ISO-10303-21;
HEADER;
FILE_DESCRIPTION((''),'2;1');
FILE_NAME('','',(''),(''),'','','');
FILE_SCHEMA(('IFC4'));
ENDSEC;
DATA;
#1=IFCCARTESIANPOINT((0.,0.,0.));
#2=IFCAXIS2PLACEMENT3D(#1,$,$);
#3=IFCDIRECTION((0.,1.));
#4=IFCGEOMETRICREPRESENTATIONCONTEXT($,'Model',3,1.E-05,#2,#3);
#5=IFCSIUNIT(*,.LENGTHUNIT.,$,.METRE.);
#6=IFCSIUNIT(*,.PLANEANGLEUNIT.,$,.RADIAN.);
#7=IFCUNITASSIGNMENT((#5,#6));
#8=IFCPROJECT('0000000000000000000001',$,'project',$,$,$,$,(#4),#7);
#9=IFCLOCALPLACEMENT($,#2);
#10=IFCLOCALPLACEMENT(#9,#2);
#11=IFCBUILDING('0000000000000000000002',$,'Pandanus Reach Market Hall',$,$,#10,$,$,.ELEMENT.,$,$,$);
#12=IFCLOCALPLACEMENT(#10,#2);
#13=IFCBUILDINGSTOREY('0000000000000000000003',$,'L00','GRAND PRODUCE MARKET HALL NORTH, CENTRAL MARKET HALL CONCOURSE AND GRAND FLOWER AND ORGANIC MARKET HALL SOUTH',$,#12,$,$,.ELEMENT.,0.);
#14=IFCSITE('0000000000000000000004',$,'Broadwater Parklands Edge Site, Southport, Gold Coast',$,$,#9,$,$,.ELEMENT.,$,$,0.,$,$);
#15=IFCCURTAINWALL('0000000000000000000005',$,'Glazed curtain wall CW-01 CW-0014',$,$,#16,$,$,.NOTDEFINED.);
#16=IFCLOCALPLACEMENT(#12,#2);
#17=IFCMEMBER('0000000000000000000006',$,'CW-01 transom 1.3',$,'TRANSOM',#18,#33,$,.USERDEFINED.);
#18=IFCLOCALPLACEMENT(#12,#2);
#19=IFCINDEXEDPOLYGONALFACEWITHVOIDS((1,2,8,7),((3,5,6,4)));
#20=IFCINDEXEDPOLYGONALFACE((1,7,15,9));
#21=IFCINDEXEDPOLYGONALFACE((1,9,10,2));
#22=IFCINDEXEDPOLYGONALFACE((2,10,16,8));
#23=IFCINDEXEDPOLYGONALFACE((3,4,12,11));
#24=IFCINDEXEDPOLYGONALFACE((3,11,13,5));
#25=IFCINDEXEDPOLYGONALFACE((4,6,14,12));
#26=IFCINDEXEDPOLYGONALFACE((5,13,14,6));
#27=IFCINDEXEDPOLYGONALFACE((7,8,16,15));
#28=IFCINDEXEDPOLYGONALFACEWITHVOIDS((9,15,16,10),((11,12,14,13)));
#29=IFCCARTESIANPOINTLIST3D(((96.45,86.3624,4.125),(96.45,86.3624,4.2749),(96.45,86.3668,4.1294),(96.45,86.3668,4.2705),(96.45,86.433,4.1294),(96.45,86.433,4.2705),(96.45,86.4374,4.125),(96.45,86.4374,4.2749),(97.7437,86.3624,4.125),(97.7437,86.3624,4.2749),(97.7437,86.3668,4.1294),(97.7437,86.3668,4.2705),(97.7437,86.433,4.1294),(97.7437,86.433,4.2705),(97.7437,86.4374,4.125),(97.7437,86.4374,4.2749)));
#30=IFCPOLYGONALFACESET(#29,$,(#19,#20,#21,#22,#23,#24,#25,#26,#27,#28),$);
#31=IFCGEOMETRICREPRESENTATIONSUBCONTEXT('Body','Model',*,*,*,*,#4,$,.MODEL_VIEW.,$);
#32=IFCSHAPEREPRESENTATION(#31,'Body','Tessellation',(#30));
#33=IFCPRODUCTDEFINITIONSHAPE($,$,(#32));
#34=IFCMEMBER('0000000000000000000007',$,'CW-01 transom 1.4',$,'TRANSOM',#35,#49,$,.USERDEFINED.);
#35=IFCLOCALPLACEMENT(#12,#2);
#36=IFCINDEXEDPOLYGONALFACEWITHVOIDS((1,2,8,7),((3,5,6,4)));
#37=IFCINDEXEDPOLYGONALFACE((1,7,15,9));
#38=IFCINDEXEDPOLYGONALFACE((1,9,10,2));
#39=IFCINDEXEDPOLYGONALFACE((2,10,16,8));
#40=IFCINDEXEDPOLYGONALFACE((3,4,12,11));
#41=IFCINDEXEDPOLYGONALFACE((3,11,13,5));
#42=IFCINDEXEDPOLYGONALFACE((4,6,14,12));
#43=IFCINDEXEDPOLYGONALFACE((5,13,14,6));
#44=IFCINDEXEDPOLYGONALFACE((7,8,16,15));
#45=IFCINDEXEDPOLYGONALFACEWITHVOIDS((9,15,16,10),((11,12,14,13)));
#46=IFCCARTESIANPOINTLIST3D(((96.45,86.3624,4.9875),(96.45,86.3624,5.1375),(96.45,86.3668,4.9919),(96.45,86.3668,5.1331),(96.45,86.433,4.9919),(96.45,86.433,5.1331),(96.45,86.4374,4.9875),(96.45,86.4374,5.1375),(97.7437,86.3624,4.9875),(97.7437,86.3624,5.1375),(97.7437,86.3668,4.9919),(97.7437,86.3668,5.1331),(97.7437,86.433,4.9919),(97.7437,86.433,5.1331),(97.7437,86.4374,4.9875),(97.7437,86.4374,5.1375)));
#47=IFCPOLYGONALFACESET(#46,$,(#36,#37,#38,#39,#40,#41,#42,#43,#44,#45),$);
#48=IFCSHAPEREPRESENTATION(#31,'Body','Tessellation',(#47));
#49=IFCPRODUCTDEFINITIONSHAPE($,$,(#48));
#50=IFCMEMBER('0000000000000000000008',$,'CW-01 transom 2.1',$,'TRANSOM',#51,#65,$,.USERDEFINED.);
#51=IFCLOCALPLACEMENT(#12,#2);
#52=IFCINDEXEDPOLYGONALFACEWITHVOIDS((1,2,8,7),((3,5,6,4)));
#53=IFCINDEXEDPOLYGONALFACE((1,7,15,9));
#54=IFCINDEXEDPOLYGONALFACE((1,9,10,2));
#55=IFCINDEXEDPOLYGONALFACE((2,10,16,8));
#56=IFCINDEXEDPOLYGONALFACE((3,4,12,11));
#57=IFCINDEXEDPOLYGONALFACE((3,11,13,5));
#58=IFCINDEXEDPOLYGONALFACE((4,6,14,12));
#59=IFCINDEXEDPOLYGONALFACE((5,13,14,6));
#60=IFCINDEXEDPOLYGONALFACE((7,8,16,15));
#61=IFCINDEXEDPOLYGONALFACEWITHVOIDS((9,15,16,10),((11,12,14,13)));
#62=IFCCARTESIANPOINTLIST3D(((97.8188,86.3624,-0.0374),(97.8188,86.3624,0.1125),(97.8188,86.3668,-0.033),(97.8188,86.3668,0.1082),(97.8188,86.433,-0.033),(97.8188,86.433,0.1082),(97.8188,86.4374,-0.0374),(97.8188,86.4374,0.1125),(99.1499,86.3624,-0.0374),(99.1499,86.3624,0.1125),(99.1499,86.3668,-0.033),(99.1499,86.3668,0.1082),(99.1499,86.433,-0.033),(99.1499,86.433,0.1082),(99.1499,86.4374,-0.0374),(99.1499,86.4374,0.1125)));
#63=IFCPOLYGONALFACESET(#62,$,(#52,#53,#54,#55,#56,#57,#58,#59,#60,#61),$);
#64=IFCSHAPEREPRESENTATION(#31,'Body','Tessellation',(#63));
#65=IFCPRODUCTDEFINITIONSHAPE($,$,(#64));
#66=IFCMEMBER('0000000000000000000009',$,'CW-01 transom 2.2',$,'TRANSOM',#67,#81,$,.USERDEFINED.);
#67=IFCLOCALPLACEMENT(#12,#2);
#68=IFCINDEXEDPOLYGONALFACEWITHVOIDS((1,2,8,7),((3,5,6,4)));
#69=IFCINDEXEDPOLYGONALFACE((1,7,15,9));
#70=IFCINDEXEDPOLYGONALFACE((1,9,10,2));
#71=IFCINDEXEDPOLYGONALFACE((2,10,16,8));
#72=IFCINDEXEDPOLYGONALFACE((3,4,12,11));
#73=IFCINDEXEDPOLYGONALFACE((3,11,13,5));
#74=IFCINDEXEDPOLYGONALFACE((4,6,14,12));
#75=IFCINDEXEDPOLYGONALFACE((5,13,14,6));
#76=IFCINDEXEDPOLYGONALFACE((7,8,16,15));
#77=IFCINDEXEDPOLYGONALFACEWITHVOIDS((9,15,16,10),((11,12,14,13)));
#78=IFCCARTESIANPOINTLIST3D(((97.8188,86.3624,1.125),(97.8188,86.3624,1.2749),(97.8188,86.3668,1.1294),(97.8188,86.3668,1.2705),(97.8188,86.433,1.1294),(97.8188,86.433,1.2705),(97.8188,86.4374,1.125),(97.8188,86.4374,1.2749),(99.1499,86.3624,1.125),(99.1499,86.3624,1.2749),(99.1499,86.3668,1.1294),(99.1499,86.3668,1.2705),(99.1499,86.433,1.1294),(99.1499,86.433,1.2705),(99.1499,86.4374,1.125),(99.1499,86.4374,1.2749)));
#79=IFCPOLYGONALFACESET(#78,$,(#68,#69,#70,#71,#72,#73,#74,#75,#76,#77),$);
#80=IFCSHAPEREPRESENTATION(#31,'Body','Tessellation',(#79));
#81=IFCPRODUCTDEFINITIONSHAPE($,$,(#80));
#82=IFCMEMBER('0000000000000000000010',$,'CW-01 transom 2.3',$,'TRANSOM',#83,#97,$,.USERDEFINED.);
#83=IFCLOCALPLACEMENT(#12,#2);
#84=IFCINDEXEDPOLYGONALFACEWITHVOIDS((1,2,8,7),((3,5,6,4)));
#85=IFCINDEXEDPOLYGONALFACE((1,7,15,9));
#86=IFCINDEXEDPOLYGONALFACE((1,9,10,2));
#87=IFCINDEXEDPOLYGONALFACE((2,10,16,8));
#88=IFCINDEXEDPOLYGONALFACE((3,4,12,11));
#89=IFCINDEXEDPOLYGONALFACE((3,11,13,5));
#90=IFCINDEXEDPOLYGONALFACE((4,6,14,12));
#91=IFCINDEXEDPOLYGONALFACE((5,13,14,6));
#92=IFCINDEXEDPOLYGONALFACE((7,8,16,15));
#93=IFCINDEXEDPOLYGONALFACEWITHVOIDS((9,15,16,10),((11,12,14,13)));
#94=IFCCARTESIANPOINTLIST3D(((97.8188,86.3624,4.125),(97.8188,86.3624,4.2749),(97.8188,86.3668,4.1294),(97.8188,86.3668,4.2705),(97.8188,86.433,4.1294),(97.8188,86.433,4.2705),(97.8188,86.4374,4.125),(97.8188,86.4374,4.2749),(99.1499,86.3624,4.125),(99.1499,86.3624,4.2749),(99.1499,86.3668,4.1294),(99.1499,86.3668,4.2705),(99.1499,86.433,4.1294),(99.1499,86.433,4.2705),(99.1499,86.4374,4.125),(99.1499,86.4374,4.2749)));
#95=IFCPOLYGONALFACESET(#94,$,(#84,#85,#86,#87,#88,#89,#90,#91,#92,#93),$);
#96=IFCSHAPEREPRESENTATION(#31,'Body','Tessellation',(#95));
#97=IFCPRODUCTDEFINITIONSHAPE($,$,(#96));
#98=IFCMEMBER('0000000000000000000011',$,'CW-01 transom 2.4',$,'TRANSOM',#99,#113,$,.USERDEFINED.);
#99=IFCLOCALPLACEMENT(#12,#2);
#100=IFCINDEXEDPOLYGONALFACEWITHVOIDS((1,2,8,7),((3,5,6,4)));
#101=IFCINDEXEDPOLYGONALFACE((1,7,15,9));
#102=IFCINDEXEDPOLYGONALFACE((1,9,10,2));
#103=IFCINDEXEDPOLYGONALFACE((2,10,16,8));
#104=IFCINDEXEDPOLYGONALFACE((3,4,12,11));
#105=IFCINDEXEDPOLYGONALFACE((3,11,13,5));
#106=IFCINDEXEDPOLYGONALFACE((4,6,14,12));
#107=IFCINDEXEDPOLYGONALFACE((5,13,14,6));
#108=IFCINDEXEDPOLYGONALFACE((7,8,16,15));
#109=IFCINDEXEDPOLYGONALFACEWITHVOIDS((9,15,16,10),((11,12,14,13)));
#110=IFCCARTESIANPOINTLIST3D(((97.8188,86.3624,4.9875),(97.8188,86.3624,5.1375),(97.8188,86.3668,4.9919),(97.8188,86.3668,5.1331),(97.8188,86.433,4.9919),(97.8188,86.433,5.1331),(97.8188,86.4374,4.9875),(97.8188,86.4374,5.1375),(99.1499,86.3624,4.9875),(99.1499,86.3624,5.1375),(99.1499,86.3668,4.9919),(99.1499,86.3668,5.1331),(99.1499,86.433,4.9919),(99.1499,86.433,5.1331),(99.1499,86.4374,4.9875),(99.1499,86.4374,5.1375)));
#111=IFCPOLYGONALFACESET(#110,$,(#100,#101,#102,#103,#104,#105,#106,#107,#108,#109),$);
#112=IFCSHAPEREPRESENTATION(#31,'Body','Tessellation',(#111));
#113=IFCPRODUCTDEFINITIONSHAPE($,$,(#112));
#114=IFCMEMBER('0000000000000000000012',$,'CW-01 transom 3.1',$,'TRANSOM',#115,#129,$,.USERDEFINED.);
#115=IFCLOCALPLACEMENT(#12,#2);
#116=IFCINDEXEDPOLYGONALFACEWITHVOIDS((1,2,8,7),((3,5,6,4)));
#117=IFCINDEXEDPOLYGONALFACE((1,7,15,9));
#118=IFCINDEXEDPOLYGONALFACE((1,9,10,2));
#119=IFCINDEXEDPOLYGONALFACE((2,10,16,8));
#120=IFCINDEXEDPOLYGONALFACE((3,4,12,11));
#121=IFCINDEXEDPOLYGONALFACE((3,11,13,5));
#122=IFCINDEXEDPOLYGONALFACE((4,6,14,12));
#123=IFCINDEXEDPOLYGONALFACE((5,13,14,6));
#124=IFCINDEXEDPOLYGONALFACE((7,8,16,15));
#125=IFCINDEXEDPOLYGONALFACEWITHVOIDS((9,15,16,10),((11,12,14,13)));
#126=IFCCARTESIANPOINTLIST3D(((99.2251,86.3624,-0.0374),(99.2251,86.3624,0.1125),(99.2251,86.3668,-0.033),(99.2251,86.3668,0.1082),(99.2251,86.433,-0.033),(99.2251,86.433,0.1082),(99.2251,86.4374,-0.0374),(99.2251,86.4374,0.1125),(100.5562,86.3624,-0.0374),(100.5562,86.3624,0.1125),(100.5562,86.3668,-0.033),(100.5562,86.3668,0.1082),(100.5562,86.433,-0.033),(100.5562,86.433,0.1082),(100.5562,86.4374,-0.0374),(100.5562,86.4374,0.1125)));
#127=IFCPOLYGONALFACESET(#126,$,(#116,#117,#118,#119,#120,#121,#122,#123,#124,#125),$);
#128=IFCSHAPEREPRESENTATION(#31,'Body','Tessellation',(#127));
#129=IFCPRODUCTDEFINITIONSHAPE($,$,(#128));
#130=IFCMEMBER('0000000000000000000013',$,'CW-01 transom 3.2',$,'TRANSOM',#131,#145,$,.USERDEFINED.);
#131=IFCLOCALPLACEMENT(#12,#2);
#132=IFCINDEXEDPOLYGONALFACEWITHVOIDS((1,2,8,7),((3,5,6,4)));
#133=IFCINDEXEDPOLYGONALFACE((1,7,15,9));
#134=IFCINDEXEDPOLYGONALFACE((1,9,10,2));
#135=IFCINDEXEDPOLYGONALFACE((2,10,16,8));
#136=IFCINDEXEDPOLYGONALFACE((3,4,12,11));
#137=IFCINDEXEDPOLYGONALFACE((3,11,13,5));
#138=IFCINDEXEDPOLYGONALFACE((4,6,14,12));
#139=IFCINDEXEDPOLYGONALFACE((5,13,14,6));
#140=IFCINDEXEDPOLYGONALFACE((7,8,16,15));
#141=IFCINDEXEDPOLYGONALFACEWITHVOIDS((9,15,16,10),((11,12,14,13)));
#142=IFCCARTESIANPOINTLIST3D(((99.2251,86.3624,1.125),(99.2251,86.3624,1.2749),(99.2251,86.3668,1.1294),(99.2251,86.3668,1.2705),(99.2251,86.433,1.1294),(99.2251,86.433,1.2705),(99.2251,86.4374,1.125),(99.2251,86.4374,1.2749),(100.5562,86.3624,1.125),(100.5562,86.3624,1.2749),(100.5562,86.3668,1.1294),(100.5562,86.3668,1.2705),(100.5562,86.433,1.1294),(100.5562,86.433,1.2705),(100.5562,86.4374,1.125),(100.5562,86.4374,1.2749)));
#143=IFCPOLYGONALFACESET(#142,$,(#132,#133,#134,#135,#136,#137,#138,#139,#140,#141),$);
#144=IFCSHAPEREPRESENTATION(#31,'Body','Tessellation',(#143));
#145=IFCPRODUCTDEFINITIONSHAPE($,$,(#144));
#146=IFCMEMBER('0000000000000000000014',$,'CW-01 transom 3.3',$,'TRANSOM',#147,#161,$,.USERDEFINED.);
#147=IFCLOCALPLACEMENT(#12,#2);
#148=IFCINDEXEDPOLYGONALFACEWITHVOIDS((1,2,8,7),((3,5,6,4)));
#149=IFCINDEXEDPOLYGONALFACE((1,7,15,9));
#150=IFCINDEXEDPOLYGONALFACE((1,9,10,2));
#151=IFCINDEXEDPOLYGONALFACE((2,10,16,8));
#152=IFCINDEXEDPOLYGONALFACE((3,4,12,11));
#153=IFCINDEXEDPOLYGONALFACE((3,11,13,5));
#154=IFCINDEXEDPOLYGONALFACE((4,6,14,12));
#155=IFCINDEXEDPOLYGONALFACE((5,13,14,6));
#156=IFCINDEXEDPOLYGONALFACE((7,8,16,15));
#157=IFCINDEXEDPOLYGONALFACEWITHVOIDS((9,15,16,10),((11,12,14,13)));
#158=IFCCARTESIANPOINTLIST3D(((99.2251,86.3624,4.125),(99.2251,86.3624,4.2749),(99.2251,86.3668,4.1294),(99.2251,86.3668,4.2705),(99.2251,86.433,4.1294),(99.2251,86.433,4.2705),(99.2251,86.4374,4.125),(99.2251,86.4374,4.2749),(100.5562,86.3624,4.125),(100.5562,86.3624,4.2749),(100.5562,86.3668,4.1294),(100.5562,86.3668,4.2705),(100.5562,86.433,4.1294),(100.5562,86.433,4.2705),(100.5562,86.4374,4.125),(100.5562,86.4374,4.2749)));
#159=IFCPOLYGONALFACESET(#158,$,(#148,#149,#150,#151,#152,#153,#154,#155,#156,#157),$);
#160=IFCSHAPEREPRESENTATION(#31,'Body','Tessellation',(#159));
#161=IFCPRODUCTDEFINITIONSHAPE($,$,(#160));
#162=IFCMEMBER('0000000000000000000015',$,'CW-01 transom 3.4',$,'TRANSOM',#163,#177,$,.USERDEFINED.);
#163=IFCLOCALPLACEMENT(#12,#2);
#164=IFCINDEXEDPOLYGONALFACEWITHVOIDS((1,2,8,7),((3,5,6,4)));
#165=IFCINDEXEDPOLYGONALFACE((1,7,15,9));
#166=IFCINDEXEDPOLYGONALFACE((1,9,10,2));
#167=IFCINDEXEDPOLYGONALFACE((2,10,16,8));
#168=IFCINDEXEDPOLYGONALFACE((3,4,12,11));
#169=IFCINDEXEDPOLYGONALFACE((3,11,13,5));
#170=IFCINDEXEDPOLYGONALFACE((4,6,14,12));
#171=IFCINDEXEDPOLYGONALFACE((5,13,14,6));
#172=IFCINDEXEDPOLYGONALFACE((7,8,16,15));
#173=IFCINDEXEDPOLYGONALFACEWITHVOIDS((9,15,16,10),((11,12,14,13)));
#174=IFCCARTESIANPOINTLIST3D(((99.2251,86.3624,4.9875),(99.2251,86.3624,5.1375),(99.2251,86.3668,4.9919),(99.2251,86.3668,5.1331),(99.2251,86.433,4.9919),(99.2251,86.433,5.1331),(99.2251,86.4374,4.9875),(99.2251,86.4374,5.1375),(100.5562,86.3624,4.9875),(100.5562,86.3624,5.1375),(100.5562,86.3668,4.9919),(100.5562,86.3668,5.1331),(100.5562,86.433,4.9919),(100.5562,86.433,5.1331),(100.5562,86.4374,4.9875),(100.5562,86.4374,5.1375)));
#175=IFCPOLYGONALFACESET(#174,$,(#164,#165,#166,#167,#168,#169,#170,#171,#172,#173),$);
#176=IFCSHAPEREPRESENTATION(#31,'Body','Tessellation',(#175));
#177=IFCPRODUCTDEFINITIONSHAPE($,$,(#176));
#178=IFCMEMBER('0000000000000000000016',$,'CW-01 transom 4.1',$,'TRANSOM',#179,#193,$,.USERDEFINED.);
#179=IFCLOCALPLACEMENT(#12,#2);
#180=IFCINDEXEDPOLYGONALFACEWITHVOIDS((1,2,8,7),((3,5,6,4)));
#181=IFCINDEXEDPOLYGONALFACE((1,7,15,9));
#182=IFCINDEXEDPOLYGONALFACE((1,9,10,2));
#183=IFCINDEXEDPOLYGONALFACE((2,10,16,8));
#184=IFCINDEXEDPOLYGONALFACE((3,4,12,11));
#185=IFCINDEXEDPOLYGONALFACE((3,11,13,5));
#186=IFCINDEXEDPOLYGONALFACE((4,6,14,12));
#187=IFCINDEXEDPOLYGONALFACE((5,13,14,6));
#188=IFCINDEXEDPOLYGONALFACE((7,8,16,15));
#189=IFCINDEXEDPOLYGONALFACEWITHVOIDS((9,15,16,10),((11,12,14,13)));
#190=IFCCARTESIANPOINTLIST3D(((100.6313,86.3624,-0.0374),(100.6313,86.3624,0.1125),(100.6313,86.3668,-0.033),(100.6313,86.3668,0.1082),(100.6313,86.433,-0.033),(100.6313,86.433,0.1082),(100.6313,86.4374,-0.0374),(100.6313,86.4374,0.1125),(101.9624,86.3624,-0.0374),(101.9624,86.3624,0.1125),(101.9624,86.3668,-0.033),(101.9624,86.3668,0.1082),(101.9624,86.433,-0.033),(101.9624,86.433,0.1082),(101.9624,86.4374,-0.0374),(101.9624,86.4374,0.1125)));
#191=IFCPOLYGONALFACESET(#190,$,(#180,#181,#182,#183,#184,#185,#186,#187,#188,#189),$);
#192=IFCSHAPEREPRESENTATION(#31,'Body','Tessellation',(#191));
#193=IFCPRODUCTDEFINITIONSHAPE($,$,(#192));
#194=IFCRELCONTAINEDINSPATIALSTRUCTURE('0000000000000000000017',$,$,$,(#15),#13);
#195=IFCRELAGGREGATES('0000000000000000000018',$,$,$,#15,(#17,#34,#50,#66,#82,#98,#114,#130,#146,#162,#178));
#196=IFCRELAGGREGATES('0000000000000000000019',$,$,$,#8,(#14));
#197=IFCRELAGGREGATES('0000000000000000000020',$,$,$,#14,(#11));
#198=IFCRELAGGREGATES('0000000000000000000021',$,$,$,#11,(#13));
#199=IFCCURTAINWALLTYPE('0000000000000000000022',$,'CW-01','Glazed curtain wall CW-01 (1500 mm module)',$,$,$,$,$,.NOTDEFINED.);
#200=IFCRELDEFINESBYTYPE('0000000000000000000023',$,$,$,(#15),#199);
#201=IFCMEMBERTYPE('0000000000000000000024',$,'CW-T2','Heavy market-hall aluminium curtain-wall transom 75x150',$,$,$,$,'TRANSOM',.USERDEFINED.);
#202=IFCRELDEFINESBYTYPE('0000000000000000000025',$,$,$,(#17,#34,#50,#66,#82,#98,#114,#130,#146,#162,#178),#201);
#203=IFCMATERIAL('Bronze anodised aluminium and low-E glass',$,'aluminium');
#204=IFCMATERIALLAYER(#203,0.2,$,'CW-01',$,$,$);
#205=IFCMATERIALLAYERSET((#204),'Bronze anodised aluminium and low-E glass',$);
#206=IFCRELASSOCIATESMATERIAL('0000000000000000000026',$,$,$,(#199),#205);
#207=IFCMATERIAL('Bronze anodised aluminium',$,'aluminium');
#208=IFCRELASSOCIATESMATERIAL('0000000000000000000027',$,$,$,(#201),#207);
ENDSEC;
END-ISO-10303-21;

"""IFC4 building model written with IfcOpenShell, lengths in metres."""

from ifc_helpers import new_model, si_unit, direction, frame, origin, origin_2d, place, context, subcontext, project, spatial, hollow_rectangle, extrude, material, layer, layer_set, material_profile, profile_set, type_object, element, aggregate, save


model = new_model("IFC4")

# Units and contexts
model_context = context("Model", 3, precision=1e-05, world=origin(), true_north=direction((0.0, 1.0)))
body_context = subcontext(model_context, "Body", "Model", "MODEL_VIEW")
ifc_project = project(units=[si_unit("LENGTHUNIT", "METRE"), si_unit("PLANEANGLEUNIT", "RADIAN")], contexts=[model_context])

# Site, building, storey
site_placement = place(None, origin())
site = spatial("IfcSite", under=ifc_project, at=site_placement, Name="Broadwater Parklands Edge Site, Southport, Gold Coast", CompositionType="ELEMENT", RefElevation=0.0)
building_placement = place(site_placement, origin())
building = spatial("IfcBuilding", under=site, at=building_placement, Name="Pandanus Reach Market Hall", CompositionType="ELEMENT")
storey_placement = place(building_placement, origin())
storey = spatial("IfcBuildingStorey", under=building, at=storey_placement, Name="L00", Description="GRAND PRODUCE MARKET HALL NORTH, CENTRAL MARKET HALL CONCOURSE AND GRAND FLOWER AND ORGANIC MARKET HALL SOUTH", CompositionType="ELEMENT", Elevation=0.0)

# Curtain wall, members
ifc_material_1 = material(Name="Bronze anodised aluminium and low-E glass", Category="aluminium")
ifc_layer_1 = layer(ifc_material_1, 0.2, Name="CW-01")
ifc_layer_set_1 = layer_set([ifc_layer_1], Name="Bronze anodised aluminium and low-E glass")
curtain_wall_type = type_object("IfcCurtainWallType", Name="CW-01", Description="Glazed curtain wall CW-01 (1500 mm module)", PredefinedType="NOTDEFINED", material=ifc_layer_set_1)
curtain_wall_placement = place(storey_placement, origin())
curtain_wall = element("IfcCurtainWall", 1, at=curtain_wall_placement, inside=storey, type_object=curtain_wall_type, Name="Glazed curtain wall CW-01 CW-0014", PredefinedType="NOTDEFINED")
ifc_material_2 = material(Name="Bronze anodised aluminium", Category="aluminium")
ifc_material_profile_1 = material_profile(ifc_material_2, hollow_rectangle(XDim=0.075, YDim=0.1499, WallThickness=0.0044, at=origin_2d()), Name="ALU75x150", Category="LoadBearing")
ifc_profile_set_1 = profile_set([ifc_material_profile_1], Name="Bronze anodised aluminium")
member_type_1 = type_object("IfcMemberType", Name="CW-T2", Description="Heavy market-hall aluminium curtain-wall transom 75x150", ElementType="TRANSOM", PredefinedType="USERDEFINED", material=ifc_profile_set_1)
member_1_placement = place(storey_placement, frame((96.45, 86.3999, 4.2), z_axis=(1.0, 0.0, 0.0), x_axis=(0.0, 1.0, 0.0)))
member_1 = element("IfcMember", 2, at=member_1_placement, type_object=member_type_1, Name="CW-01 transom 1.3", ObjectType="TRANSOM", PredefinedType="USERDEFINED", context=body_context, shape_type="SweptSolid", body=[
    extrude(hollow_rectangle(XDim=0.075, YDim=0.1499, WallThickness=0.0044, at=origin_2d()), origin(), (0.0, 0.0, 1.0), 1.2937),
])
member_2_placement = place(storey_placement, frame((96.45, 86.3999, 5.0625), z_axis=(1.0, 0.0, 0.0), x_axis=(0.0, 1.0, 0.0)))
member_2 = element("IfcMember", 3, at=member_2_placement, type_object=member_type_1, Name="CW-01 transom 1.4", ObjectType="TRANSOM", PredefinedType="USERDEFINED", context=body_context, shape_type="SweptSolid", body=[
    extrude(hollow_rectangle(XDim=0.075, YDim=0.1499, WallThickness=0.0044, at=origin_2d()), origin(), (0.0, 0.0, 1.0), 1.2937),
])
member_3_placement = place(storey_placement, frame((97.8188, 86.3999, 0.0376), z_axis=(1.0, 0.0, 0.0), x_axis=(0.0, 1.0, 0.0)))
member_3 = element("IfcMember", 4, at=member_3_placement, type_object=member_type_1, Name="CW-01 transom 2.1", ObjectType="TRANSOM", PredefinedType="USERDEFINED", context=body_context, shape_type="SweptSolid", body=[
    extrude(hollow_rectangle(XDim=0.075, YDim=0.1499, WallThickness=0.0044, at=origin_2d()), origin(), (0.0, 0.0, 1.0), 1.3311),
])
member_4_placement = place(storey_placement, frame((97.8188, 86.3999, 1.2), z_axis=(1.0, 0.0, 0.0), x_axis=(0.0, 1.0, 0.0)))
member_4 = element("IfcMember", 5, at=member_4_placement, type_object=member_type_1, Name="CW-01 transom 2.2", ObjectType="TRANSOM", PredefinedType="USERDEFINED", context=body_context, shape_type="SweptSolid", body=[
    extrude(hollow_rectangle(XDim=0.075, YDim=0.1499, WallThickness=0.0044, at=origin_2d()), origin(), (0.0, 0.0, 1.0), 1.3311),
])
member_5_placement = place(storey_placement, frame((97.8188, 86.3999, 4.2), z_axis=(1.0, 0.0, 0.0), x_axis=(0.0, 1.0, 0.0)))
member_5 = element("IfcMember", 6, at=member_5_placement, type_object=member_type_1, Name="CW-01 transom 2.3", ObjectType="TRANSOM", PredefinedType="USERDEFINED", context=body_context, shape_type="SweptSolid", body=[
    extrude(hollow_rectangle(XDim=0.075, YDim=0.1499, WallThickness=0.0044, at=origin_2d()), origin(), (0.0, 0.0, 1.0), 1.3311),
])
member_6_placement = place(storey_placement, frame((97.8188, 86.3999, 5.0625), z_axis=(1.0, 0.0, 0.0), x_axis=(0.0, 1.0, 0.0)))
member_6 = element("IfcMember", 7, at=member_6_placement, type_object=member_type_1, Name="CW-01 transom 2.4", ObjectType="TRANSOM", PredefinedType="USERDEFINED", context=body_context, shape_type="SweptSolid", body=[
    extrude(hollow_rectangle(XDim=0.075, YDim=0.1499, WallThickness=0.0044, at=origin_2d()), origin(), (0.0, 0.0, 1.0), 1.3311),
])
member_7_placement = place(storey_placement, frame((99.2251, 86.3999, 0.0376), z_axis=(1.0, 0.0, 0.0), x_axis=(0.0, 1.0, 0.0)))
member_7 = element("IfcMember", 8, at=member_7_placement, type_object=member_type_1, Name="CW-01 transom 3.1", ObjectType="TRANSOM", PredefinedType="USERDEFINED", context=body_context, shape_type="SweptSolid", body=[
    extrude(hollow_rectangle(XDim=0.075, YDim=0.1499, WallThickness=0.0044, at=origin_2d()), origin(), (0.0, 0.0, 1.0), 1.3311),
])
member_8_placement = place(storey_placement, frame((99.2251, 86.3999, 1.2), z_axis=(1.0, 0.0, 0.0), x_axis=(0.0, 1.0, 0.0)))
member_8 = element("IfcMember", 9, at=member_8_placement, type_object=member_type_1, Name="CW-01 transom 3.2", ObjectType="TRANSOM", PredefinedType="USERDEFINED", context=body_context, shape_type="SweptSolid", body=[
    extrude(hollow_rectangle(XDim=0.075, YDim=0.1499, WallThickness=0.0044, at=origin_2d()), origin(), (0.0, 0.0, 1.0), 1.3311),
])
member_9_placement = place(storey_placement, frame((99.2251, 86.3999, 4.2), z_axis=(1.0, 0.0, 0.0), x_axis=(0.0, 1.0, 0.0)))
member_9 = element("IfcMember", 10, at=member_9_placement, type_object=member_type_1, Name="CW-01 transom 3.3", ObjectType="TRANSOM", PredefinedType="USERDEFINED", context=body_context, shape_type="SweptSolid", body=[
    extrude(hollow_rectangle(XDim=0.075, YDim=0.1499, WallThickness=0.0044, at=origin_2d()), origin(), (0.0, 0.0, 1.0), 1.3311),
])
member_10_placement = place(storey_placement, frame((99.2251, 86.3999, 5.0625), z_axis=(1.0, 0.0, 0.0), x_axis=(0.0, 1.0, 0.0)))
member_10 = element("IfcMember", 11, at=member_10_placement, type_object=member_type_1, Name="CW-01 transom 3.4", ObjectType="TRANSOM", PredefinedType="USERDEFINED", context=body_context, shape_type="SweptSolid", body=[
    extrude(hollow_rectangle(XDim=0.075, YDim=0.1499, WallThickness=0.0044, at=origin_2d()), origin(), (0.0, 0.0, 1.0), 1.3311),
])
member_11_placement = place(storey_placement, frame((100.6313, 86.3999, 0.0376), z_axis=(1.0, 0.0, 0.0), x_axis=(0.0, 1.0, 0.0)))
member_11 = element("IfcMember", 12, at=member_11_placement, type_object=member_type_1, Name="CW-01 transom 4.1", ObjectType="TRANSOM", PredefinedType="USERDEFINED", context=body_context, shape_type="SweptSolid", body=[
    extrude(hollow_rectangle(XDim=0.075, YDim=0.1499, WallThickness=0.0044, at=origin_2d()), origin(), (0.0, 0.0, 1.0), 1.3311),
])
aggregate(curtain_wall, [member_1, member_2, member_3, member_4, member_5, member_6, member_7, member_8, member_9, member_10, member_11])

save(model, "model.ifc")
